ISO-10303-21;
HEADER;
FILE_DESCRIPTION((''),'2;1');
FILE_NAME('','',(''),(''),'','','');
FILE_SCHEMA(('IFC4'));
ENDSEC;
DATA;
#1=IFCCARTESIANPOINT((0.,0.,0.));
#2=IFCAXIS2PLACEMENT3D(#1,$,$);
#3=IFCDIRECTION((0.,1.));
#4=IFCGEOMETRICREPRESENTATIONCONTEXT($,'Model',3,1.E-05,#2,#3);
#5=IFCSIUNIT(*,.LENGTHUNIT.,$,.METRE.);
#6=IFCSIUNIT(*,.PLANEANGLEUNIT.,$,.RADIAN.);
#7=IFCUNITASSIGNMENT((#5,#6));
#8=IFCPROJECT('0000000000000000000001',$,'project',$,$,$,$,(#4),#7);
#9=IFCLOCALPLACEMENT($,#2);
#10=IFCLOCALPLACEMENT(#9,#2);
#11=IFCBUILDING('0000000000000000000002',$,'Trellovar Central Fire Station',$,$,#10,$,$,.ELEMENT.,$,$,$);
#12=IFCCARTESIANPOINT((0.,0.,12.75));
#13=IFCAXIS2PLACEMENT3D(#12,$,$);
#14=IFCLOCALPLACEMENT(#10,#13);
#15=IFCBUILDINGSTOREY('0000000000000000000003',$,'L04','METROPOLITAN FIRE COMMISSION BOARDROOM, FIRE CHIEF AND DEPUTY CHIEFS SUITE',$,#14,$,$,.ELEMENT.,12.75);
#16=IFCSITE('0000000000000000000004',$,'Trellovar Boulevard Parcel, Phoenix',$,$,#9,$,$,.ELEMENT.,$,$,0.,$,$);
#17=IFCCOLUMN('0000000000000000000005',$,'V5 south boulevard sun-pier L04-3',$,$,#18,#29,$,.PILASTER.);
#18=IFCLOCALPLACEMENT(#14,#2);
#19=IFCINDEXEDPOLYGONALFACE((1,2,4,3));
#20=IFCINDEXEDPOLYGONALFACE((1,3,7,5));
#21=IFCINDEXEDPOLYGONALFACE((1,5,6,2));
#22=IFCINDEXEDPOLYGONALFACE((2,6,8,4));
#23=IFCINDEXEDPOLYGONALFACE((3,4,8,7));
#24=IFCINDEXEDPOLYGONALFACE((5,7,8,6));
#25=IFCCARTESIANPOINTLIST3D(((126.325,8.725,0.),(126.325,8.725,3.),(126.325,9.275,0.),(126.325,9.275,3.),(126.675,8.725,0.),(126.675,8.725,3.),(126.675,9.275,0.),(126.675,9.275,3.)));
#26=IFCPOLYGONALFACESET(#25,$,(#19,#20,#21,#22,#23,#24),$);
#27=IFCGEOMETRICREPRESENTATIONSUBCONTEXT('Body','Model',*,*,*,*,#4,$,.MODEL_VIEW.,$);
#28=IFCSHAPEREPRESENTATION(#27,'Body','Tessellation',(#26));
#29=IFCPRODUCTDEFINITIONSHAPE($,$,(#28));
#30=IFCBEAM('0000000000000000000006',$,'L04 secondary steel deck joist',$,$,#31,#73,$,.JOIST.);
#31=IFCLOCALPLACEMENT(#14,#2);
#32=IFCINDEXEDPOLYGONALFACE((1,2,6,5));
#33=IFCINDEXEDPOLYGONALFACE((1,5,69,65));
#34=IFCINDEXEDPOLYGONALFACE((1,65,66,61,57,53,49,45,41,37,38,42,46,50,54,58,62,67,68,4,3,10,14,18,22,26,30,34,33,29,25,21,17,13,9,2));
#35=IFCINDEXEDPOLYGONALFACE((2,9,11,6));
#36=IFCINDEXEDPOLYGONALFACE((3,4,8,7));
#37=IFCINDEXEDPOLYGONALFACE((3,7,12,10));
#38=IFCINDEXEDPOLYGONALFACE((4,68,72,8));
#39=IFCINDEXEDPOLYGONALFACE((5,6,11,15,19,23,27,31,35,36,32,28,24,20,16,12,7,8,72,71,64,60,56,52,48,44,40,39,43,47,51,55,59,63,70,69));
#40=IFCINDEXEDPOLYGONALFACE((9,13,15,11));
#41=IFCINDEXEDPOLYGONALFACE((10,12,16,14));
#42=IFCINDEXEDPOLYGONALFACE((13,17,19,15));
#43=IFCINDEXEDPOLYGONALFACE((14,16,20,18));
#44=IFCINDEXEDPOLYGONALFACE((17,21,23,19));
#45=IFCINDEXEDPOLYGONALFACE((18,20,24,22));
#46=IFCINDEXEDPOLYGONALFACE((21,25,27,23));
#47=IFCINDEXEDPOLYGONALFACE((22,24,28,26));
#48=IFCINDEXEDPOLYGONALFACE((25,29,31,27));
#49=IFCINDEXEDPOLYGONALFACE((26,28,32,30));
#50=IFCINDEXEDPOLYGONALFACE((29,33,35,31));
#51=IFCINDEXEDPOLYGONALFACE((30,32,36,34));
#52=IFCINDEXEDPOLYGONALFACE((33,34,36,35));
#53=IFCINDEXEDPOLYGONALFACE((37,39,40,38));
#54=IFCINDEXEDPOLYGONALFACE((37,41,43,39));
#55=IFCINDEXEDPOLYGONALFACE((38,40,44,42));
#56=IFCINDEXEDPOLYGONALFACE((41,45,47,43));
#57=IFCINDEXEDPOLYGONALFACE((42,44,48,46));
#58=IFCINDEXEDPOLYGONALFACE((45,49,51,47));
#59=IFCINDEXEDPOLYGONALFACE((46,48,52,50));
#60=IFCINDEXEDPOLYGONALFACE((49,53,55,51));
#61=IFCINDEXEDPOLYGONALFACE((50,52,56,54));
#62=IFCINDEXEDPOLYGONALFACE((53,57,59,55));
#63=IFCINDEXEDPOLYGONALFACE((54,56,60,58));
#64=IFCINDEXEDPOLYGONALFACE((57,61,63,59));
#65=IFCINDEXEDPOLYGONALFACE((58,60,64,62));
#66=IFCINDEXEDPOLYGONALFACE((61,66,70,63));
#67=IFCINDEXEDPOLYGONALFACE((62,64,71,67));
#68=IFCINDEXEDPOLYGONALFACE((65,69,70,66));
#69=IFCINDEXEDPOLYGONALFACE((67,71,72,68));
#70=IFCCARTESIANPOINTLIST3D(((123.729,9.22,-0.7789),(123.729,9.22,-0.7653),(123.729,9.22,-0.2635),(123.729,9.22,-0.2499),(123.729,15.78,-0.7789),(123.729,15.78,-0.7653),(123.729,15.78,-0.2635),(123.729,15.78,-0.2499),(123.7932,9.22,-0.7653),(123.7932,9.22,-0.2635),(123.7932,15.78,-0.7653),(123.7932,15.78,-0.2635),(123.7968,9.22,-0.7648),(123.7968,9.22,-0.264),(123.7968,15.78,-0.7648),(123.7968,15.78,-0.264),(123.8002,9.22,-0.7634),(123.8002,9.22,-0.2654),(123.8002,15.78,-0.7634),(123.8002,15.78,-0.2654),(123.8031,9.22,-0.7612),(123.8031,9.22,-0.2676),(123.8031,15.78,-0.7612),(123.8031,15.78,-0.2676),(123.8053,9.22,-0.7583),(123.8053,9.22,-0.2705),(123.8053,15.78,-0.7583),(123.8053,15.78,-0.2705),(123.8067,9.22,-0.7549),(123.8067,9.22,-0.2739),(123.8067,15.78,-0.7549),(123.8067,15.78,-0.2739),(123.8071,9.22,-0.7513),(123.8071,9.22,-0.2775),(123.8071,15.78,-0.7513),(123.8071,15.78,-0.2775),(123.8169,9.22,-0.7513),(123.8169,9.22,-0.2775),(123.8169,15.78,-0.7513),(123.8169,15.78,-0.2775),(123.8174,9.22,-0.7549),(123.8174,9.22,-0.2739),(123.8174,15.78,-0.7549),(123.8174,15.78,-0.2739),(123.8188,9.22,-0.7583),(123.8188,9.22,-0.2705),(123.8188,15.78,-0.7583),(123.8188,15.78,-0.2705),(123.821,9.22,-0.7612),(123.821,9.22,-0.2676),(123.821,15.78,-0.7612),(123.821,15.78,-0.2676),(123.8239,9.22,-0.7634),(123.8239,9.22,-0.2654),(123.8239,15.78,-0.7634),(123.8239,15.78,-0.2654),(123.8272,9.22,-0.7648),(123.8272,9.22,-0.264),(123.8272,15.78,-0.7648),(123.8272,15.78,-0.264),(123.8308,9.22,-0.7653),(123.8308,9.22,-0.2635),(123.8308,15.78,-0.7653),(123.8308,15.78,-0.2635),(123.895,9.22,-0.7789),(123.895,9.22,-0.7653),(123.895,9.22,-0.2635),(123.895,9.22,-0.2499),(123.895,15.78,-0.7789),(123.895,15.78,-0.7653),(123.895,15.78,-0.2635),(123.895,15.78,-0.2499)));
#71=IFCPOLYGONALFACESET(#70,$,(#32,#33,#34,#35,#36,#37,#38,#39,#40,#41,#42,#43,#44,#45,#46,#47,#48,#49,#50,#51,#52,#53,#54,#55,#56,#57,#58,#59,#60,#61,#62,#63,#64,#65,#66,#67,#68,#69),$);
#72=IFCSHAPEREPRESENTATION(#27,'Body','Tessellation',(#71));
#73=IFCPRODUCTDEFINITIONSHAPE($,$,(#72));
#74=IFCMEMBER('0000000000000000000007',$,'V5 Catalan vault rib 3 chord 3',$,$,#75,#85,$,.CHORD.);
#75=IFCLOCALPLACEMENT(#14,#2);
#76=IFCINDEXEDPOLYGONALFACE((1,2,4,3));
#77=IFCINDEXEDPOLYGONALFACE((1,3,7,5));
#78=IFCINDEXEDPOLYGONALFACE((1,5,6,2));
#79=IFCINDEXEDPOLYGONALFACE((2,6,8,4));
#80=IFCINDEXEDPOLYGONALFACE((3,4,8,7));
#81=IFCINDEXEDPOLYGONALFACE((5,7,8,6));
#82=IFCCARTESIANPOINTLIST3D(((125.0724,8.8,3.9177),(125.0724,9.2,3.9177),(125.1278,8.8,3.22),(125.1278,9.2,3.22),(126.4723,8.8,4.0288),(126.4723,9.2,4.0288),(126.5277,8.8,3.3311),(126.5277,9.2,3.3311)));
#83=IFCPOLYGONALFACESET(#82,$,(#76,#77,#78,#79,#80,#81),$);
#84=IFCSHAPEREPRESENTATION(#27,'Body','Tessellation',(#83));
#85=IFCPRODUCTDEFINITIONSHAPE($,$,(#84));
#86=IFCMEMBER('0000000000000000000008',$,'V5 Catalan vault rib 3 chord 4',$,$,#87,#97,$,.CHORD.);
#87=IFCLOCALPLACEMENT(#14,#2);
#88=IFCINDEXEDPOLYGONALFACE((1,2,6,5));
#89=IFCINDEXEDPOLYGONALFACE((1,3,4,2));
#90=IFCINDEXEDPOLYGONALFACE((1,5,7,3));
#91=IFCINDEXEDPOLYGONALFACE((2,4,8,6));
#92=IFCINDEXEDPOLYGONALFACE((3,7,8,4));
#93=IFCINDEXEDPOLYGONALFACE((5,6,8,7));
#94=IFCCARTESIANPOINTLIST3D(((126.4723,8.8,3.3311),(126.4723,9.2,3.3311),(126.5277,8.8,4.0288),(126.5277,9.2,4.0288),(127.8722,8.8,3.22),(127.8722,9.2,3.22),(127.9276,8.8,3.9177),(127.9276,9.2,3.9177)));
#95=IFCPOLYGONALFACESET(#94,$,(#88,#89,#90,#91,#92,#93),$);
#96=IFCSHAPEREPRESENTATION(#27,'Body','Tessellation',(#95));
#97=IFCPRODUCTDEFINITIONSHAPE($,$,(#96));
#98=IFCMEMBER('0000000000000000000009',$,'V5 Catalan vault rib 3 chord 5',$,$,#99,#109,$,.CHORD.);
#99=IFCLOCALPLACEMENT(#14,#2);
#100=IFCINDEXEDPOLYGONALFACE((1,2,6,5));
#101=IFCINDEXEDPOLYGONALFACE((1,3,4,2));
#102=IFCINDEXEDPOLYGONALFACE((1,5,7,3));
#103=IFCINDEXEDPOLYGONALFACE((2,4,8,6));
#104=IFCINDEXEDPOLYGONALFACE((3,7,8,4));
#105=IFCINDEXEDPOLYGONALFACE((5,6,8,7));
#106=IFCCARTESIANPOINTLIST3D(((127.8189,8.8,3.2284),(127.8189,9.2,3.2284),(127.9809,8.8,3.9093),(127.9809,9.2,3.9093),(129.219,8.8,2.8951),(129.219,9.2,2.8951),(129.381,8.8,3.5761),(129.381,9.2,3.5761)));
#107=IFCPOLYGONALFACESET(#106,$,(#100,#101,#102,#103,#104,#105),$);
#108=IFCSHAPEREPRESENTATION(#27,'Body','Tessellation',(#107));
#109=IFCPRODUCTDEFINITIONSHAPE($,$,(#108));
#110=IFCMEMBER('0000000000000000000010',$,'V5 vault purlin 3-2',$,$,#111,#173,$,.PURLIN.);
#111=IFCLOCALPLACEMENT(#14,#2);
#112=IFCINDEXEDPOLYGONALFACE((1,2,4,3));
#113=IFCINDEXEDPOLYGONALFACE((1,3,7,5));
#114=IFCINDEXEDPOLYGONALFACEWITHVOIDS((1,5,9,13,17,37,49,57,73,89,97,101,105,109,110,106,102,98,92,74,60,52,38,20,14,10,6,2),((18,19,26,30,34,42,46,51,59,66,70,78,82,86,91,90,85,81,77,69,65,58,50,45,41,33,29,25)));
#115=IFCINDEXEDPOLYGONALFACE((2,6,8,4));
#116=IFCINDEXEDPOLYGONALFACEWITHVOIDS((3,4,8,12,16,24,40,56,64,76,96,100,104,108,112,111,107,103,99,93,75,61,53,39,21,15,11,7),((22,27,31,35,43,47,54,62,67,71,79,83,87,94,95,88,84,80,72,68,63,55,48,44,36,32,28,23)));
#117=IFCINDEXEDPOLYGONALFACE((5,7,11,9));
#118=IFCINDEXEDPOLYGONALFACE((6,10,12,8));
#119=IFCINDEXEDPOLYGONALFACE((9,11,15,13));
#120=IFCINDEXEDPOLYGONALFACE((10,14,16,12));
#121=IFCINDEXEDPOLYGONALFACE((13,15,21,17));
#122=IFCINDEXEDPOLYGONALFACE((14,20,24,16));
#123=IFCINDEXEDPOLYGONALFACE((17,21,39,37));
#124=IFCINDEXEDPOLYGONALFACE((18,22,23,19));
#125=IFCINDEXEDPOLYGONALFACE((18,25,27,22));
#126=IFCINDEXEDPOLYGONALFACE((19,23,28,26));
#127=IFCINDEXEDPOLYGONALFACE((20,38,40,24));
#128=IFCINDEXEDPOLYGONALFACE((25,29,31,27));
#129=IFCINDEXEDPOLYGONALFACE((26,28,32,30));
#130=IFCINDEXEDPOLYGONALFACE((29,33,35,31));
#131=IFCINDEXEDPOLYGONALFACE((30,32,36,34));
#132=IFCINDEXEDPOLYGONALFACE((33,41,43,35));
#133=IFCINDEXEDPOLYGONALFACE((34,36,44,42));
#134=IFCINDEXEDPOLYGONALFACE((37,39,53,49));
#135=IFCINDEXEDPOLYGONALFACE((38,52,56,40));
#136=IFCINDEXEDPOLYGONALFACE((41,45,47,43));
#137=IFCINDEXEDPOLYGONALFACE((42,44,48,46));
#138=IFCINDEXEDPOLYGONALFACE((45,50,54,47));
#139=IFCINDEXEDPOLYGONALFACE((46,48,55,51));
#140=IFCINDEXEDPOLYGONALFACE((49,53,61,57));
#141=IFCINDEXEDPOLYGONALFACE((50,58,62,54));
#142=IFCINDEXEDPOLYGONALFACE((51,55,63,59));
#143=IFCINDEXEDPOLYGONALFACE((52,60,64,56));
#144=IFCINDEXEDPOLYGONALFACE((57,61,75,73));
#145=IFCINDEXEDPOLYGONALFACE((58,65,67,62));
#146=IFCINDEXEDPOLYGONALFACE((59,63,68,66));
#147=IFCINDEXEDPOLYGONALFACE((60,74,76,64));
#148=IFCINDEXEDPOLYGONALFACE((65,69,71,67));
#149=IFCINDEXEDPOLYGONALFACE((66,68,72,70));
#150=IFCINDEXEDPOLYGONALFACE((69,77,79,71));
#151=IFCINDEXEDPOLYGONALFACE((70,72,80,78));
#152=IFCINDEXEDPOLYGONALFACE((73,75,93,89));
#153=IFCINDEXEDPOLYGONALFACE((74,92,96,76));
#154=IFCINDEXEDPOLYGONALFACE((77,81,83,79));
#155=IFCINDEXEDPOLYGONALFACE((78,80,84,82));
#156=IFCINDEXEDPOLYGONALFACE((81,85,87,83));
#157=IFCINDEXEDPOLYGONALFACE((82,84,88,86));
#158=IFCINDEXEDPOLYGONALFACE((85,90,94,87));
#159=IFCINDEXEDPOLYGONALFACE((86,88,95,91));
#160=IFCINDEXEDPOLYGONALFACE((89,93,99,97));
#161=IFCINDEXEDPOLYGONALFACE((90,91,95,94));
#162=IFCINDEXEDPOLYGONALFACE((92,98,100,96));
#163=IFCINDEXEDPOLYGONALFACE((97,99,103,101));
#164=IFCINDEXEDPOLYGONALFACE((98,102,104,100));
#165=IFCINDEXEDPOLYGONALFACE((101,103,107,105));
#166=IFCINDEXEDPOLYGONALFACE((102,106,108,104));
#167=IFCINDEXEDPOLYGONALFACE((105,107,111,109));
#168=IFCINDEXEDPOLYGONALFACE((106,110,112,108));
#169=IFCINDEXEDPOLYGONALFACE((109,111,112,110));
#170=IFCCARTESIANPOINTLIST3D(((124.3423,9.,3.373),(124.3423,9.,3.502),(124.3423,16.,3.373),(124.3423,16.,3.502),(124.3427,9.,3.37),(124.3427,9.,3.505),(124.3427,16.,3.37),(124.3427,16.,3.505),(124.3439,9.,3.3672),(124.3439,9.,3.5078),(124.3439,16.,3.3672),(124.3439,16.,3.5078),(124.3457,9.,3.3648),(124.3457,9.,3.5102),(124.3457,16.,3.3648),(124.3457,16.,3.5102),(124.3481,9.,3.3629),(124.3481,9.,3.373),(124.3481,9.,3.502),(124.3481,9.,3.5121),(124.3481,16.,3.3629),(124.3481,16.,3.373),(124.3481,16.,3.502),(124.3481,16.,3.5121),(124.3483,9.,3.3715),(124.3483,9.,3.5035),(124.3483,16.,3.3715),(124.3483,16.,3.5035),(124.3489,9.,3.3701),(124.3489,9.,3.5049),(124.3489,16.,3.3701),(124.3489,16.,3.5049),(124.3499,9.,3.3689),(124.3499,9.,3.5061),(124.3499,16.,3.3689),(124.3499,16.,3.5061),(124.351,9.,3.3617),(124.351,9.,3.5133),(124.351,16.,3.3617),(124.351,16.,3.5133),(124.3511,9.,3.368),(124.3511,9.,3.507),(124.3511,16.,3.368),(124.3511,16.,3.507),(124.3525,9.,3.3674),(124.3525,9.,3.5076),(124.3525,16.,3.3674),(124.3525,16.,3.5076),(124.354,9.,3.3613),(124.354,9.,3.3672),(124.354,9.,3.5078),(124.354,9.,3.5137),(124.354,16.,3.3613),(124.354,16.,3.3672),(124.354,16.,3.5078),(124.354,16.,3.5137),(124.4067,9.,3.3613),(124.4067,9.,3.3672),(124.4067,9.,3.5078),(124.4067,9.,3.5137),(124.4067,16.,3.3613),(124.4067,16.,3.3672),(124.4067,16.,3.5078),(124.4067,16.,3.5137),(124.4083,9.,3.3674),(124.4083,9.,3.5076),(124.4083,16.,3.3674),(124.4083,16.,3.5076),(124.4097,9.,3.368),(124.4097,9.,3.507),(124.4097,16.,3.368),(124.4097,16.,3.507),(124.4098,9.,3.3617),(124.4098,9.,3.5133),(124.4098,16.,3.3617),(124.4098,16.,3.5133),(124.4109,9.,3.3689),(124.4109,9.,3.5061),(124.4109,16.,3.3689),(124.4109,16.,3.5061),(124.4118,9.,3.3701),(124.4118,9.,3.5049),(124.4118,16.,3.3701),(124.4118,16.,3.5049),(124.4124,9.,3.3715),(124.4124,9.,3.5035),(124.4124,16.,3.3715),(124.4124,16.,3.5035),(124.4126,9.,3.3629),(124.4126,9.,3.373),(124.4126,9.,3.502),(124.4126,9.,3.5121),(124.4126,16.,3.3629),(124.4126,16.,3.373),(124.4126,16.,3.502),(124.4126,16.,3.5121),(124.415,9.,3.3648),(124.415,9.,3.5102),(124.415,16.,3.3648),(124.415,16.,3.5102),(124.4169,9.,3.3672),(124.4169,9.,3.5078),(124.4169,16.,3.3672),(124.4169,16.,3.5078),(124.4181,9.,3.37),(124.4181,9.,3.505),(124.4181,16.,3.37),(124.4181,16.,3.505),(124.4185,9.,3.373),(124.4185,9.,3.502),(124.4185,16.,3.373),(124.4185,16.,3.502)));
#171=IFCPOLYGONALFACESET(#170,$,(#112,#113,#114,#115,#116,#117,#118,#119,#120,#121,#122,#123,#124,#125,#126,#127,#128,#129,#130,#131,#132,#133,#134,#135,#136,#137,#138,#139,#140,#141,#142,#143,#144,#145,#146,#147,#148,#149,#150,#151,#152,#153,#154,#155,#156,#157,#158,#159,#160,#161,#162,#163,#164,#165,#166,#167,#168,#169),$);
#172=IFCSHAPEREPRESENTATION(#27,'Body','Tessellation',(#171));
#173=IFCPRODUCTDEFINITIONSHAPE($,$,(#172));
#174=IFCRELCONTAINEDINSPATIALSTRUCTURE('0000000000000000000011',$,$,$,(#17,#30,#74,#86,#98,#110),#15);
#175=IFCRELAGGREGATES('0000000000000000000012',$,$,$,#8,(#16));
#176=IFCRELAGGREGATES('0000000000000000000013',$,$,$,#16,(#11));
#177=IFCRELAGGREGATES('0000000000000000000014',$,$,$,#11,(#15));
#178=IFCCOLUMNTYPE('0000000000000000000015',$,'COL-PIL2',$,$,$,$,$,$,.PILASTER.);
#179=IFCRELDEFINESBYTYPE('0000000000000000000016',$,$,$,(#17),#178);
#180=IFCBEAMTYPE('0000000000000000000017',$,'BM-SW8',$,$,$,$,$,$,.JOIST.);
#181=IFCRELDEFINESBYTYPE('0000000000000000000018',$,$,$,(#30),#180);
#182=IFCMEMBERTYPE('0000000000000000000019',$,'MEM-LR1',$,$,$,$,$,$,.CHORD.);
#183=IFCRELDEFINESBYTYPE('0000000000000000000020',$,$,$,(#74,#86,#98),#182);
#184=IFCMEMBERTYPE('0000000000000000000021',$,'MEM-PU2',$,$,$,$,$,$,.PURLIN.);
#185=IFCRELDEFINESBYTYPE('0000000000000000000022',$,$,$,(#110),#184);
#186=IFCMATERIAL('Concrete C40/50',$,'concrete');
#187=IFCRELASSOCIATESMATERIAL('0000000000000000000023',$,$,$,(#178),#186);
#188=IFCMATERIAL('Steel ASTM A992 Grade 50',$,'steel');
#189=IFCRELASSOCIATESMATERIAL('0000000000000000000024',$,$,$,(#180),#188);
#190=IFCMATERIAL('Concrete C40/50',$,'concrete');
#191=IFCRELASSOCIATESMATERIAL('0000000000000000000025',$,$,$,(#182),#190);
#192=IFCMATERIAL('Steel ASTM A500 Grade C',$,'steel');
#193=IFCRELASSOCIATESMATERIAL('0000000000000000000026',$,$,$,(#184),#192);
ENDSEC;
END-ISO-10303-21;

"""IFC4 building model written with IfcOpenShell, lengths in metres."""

from ifc_helpers import new_model, si_unit, direction, frame, origin, origin_2d, place, context, subcontext, project, spatial, rectangle, hollow_rectangle, i_section, extrude, material, material_profile, profile_set, type_object, element, save


model = new_model("IFC4")

# Units and contexts
model_context = context("Model", 3, precision=1e-05, world=origin(), true_north=direction((0.0, 1.0)))
body_context = subcontext(model_context, "Body", "Model", "MODEL_VIEW")
ifc_project = project(units=[si_unit("LENGTHUNIT", "METRE"), si_unit("PLANEANGLEUNIT", "RADIAN")], contexts=[model_context])

# Site, building, storey
site_placement = place(None, origin())
site = spatial("IfcSite", under=ifc_project, at=site_placement, Name="Trellovar Boulevard Parcel, Phoenix", CompositionType="ELEMENT", RefElevation=0.0)
building_placement = place(site_placement, origin())
building = spatial("IfcBuilding", under=site, at=building_placement, Name="Trellovar Central Fire Station", CompositionType="ELEMENT")
storey_placement = place(building_placement, frame((0.0, 0.0, 12.75)))
storey = spatial("IfcBuildingStorey", under=building, at=storey_placement, Name="L04", Description="METROPOLITAN FIRE COMMISSION BOARDROOM, FIRE CHIEF AND DEPUTY CHIEFS SUITE", CompositionType="ELEMENT", Elevation=12.75)

# Column
ifc_material_1 = material(Name="Concrete C40/50", Category="concrete")
ifc_material_profile_1 = material_profile(ifc_material_1, rectangle(XDim=0.3501, YDim=0.55, at=origin_2d()), Name="RC350X550")
ifc_profile_set_1 = profile_set([ifc_material_profile_1], Name="Concrete C40/50")
column_type = type_object("IfcColumnType", Name="COL-PIL2", PredefinedType="PILASTER", material=ifc_profile_set_1)
column_placement = place(storey_placement, frame((126.5, 9.0, 0.0), z_axis=(0.0, 0.0, 1.0), x_axis=(1.0, 0.0, 0.0)))
element("IfcColumn", 1, at=column_placement, inside=storey, type_object=column_type, Name="V5 south boulevard sun-pier L04-3", PredefinedType="PILASTER", context=body_context, shape_type="SweptSolid", body=[
    extrude(rectangle(XDim=0.3501, YDim=0.55, at=origin_2d()), origin(), (0.0, 0.0, 1.0), 3.0),
])

# Beam
ifc_material_2 = material(Name="Steel ASTM A992 Grade 50", Category="steel")
ifc_material_profile_2 = material_profile(ifc_material_2, i_section(OverallWidth=0.166, OverallDepth=0.5291, WebThickness=0.0098, FlangeThickness=0.0137, FilletRadius=0.0139, at=origin_2d()), Name="W21X50")
ifc_profile_set_2 = profile_set([ifc_material_profile_2], Name="Steel ASTM A992 Grade 50")
beam_type = type_object("IfcBeamType", Name="BM-SW8", PredefinedType="JOIST", material=ifc_profile_set_2)
beam_placement = place(storey_placement, frame((123.812, 9.22, -0.5144), z_axis=(0.0, 1.0, 0.0), x_axis=(-1.0, 0.0, 0.0)))
element("IfcBeam", 2, at=beam_placement, inside=storey, type_object=beam_type, Name="L04 secondary steel deck joist", PredefinedType="JOIST", context=body_context, shape_type="SweptSolid", body=[
    extrude(i_section(OverallWidth=0.166, OverallDepth=0.5291, WebThickness=0.0098, FlangeThickness=0.0137, FilletRadius=0.0139, at=origin_2d()), origin(), (0.0, 0.0, 1.0), 6.5601),
])

# Members
ifc_material_3 = material(Name="Concrete C40/50", Category="concrete")
ifc_material_profile_3 = material_profile(ifc_material_3, rectangle(XDim=0.3999, YDim=0.7, at=origin_2d()), Name="RC400X700")
ifc_profile_set_3 = profile_set([ifc_material_profile_3], Name="Concrete C40/50")
member_type_1 = type_object("IfcMemberType", Name="MEM-LR1", PredefinedType="CHORD", material=ifc_profile_set_3)
for number, where, z_axis, x_axis, name in (
    (3, (125.1001, 9.0, 3.5688), (0.996866, 0.0, 0.079103), (0.0, 1.0, 0.0), "V5 Catalan vault rib 3 chord 3"),
    (4, (126.5, 9.0, 3.6799), (0.996866, 0.0, -0.079103), (0.0, 1.0, 0.0), "V5 Catalan vault rib 3 chord 4"),
):
    element("IfcMember", number, at=place(storey_placement, frame(where, z_axis=z_axis, x_axis=x_axis)), inside=storey, type_object=member_type_1, Name=name, PredefinedType="CHORD", context=body_context, shape_type="SweptSolid", body=[
        extrude(rectangle(XDim=0.3999, YDim=0.7, at=origin_2d()), origin(), (0.0, 0.0, 1.0), 1.4043),
    ])
member_1_placement = place(storey_placement, frame((127.8999, 9.0, 3.5688), z_axis=(0.972824, 0.0, -0.231544), x_axis=(0.0, 1.0, 0.0)))
element("IfcMember", 5, at=member_1_placement, inside=storey, type_object=member_type_1, Name="V5 Catalan vault rib 3 chord 5", PredefinedType="CHORD", context=body_context, shape_type="SweptSolid", body=[
    extrude(rectangle(XDim=0.3999, YDim=0.7, at=origin_2d()), origin(), (0.0, 0.0, 1.0), 1.4392),
])
ifc_material_4 = material(Name="Steel ASTM A500 Grade C", Category="steel")
ifc_material_profile_4 = material_profile(ifc_material_4, hollow_rectangle(XDim=0.0762, YDim=0.1523, WallThickness=0.0059, InnerFilletRadius=0.0059, OuterFilletRadius=0.0117, at=origin_2d()), Name="HSS6X3X1/4")
ifc_profile_set_4 = profile_set([ifc_material_profile_4], Name="Steel ASTM A500 Grade C")
member_type_2 = type_object("IfcMemberType", Name="MEM-PU2", PredefinedType="PURLIN", material=ifc_profile_set_4)
member_2_placement = place(storey_placement, frame((124.3804, 9.0, 3.4375), z_axis=(0.0, 1.0, 0.0), x_axis=(-1.0, 0.0, 0.0)))
element("IfcMember", 6, at=member_2_placement, inside=storey, type_object=member_type_2, Name="V5 vault purlin 3-2", PredefinedType="PURLIN", context=body_context, shape_type="SweptSolid", body=[
    extrude(hollow_rectangle(XDim=0.0762, YDim=0.1523, WallThickness=0.0059, InnerFilletRadius=0.0059, OuterFilletRadius=0.0117, at=origin_2d()), origin(), (0.0, 0.0, 1.0), 7.0),
])

save(model, "model.ifc")
